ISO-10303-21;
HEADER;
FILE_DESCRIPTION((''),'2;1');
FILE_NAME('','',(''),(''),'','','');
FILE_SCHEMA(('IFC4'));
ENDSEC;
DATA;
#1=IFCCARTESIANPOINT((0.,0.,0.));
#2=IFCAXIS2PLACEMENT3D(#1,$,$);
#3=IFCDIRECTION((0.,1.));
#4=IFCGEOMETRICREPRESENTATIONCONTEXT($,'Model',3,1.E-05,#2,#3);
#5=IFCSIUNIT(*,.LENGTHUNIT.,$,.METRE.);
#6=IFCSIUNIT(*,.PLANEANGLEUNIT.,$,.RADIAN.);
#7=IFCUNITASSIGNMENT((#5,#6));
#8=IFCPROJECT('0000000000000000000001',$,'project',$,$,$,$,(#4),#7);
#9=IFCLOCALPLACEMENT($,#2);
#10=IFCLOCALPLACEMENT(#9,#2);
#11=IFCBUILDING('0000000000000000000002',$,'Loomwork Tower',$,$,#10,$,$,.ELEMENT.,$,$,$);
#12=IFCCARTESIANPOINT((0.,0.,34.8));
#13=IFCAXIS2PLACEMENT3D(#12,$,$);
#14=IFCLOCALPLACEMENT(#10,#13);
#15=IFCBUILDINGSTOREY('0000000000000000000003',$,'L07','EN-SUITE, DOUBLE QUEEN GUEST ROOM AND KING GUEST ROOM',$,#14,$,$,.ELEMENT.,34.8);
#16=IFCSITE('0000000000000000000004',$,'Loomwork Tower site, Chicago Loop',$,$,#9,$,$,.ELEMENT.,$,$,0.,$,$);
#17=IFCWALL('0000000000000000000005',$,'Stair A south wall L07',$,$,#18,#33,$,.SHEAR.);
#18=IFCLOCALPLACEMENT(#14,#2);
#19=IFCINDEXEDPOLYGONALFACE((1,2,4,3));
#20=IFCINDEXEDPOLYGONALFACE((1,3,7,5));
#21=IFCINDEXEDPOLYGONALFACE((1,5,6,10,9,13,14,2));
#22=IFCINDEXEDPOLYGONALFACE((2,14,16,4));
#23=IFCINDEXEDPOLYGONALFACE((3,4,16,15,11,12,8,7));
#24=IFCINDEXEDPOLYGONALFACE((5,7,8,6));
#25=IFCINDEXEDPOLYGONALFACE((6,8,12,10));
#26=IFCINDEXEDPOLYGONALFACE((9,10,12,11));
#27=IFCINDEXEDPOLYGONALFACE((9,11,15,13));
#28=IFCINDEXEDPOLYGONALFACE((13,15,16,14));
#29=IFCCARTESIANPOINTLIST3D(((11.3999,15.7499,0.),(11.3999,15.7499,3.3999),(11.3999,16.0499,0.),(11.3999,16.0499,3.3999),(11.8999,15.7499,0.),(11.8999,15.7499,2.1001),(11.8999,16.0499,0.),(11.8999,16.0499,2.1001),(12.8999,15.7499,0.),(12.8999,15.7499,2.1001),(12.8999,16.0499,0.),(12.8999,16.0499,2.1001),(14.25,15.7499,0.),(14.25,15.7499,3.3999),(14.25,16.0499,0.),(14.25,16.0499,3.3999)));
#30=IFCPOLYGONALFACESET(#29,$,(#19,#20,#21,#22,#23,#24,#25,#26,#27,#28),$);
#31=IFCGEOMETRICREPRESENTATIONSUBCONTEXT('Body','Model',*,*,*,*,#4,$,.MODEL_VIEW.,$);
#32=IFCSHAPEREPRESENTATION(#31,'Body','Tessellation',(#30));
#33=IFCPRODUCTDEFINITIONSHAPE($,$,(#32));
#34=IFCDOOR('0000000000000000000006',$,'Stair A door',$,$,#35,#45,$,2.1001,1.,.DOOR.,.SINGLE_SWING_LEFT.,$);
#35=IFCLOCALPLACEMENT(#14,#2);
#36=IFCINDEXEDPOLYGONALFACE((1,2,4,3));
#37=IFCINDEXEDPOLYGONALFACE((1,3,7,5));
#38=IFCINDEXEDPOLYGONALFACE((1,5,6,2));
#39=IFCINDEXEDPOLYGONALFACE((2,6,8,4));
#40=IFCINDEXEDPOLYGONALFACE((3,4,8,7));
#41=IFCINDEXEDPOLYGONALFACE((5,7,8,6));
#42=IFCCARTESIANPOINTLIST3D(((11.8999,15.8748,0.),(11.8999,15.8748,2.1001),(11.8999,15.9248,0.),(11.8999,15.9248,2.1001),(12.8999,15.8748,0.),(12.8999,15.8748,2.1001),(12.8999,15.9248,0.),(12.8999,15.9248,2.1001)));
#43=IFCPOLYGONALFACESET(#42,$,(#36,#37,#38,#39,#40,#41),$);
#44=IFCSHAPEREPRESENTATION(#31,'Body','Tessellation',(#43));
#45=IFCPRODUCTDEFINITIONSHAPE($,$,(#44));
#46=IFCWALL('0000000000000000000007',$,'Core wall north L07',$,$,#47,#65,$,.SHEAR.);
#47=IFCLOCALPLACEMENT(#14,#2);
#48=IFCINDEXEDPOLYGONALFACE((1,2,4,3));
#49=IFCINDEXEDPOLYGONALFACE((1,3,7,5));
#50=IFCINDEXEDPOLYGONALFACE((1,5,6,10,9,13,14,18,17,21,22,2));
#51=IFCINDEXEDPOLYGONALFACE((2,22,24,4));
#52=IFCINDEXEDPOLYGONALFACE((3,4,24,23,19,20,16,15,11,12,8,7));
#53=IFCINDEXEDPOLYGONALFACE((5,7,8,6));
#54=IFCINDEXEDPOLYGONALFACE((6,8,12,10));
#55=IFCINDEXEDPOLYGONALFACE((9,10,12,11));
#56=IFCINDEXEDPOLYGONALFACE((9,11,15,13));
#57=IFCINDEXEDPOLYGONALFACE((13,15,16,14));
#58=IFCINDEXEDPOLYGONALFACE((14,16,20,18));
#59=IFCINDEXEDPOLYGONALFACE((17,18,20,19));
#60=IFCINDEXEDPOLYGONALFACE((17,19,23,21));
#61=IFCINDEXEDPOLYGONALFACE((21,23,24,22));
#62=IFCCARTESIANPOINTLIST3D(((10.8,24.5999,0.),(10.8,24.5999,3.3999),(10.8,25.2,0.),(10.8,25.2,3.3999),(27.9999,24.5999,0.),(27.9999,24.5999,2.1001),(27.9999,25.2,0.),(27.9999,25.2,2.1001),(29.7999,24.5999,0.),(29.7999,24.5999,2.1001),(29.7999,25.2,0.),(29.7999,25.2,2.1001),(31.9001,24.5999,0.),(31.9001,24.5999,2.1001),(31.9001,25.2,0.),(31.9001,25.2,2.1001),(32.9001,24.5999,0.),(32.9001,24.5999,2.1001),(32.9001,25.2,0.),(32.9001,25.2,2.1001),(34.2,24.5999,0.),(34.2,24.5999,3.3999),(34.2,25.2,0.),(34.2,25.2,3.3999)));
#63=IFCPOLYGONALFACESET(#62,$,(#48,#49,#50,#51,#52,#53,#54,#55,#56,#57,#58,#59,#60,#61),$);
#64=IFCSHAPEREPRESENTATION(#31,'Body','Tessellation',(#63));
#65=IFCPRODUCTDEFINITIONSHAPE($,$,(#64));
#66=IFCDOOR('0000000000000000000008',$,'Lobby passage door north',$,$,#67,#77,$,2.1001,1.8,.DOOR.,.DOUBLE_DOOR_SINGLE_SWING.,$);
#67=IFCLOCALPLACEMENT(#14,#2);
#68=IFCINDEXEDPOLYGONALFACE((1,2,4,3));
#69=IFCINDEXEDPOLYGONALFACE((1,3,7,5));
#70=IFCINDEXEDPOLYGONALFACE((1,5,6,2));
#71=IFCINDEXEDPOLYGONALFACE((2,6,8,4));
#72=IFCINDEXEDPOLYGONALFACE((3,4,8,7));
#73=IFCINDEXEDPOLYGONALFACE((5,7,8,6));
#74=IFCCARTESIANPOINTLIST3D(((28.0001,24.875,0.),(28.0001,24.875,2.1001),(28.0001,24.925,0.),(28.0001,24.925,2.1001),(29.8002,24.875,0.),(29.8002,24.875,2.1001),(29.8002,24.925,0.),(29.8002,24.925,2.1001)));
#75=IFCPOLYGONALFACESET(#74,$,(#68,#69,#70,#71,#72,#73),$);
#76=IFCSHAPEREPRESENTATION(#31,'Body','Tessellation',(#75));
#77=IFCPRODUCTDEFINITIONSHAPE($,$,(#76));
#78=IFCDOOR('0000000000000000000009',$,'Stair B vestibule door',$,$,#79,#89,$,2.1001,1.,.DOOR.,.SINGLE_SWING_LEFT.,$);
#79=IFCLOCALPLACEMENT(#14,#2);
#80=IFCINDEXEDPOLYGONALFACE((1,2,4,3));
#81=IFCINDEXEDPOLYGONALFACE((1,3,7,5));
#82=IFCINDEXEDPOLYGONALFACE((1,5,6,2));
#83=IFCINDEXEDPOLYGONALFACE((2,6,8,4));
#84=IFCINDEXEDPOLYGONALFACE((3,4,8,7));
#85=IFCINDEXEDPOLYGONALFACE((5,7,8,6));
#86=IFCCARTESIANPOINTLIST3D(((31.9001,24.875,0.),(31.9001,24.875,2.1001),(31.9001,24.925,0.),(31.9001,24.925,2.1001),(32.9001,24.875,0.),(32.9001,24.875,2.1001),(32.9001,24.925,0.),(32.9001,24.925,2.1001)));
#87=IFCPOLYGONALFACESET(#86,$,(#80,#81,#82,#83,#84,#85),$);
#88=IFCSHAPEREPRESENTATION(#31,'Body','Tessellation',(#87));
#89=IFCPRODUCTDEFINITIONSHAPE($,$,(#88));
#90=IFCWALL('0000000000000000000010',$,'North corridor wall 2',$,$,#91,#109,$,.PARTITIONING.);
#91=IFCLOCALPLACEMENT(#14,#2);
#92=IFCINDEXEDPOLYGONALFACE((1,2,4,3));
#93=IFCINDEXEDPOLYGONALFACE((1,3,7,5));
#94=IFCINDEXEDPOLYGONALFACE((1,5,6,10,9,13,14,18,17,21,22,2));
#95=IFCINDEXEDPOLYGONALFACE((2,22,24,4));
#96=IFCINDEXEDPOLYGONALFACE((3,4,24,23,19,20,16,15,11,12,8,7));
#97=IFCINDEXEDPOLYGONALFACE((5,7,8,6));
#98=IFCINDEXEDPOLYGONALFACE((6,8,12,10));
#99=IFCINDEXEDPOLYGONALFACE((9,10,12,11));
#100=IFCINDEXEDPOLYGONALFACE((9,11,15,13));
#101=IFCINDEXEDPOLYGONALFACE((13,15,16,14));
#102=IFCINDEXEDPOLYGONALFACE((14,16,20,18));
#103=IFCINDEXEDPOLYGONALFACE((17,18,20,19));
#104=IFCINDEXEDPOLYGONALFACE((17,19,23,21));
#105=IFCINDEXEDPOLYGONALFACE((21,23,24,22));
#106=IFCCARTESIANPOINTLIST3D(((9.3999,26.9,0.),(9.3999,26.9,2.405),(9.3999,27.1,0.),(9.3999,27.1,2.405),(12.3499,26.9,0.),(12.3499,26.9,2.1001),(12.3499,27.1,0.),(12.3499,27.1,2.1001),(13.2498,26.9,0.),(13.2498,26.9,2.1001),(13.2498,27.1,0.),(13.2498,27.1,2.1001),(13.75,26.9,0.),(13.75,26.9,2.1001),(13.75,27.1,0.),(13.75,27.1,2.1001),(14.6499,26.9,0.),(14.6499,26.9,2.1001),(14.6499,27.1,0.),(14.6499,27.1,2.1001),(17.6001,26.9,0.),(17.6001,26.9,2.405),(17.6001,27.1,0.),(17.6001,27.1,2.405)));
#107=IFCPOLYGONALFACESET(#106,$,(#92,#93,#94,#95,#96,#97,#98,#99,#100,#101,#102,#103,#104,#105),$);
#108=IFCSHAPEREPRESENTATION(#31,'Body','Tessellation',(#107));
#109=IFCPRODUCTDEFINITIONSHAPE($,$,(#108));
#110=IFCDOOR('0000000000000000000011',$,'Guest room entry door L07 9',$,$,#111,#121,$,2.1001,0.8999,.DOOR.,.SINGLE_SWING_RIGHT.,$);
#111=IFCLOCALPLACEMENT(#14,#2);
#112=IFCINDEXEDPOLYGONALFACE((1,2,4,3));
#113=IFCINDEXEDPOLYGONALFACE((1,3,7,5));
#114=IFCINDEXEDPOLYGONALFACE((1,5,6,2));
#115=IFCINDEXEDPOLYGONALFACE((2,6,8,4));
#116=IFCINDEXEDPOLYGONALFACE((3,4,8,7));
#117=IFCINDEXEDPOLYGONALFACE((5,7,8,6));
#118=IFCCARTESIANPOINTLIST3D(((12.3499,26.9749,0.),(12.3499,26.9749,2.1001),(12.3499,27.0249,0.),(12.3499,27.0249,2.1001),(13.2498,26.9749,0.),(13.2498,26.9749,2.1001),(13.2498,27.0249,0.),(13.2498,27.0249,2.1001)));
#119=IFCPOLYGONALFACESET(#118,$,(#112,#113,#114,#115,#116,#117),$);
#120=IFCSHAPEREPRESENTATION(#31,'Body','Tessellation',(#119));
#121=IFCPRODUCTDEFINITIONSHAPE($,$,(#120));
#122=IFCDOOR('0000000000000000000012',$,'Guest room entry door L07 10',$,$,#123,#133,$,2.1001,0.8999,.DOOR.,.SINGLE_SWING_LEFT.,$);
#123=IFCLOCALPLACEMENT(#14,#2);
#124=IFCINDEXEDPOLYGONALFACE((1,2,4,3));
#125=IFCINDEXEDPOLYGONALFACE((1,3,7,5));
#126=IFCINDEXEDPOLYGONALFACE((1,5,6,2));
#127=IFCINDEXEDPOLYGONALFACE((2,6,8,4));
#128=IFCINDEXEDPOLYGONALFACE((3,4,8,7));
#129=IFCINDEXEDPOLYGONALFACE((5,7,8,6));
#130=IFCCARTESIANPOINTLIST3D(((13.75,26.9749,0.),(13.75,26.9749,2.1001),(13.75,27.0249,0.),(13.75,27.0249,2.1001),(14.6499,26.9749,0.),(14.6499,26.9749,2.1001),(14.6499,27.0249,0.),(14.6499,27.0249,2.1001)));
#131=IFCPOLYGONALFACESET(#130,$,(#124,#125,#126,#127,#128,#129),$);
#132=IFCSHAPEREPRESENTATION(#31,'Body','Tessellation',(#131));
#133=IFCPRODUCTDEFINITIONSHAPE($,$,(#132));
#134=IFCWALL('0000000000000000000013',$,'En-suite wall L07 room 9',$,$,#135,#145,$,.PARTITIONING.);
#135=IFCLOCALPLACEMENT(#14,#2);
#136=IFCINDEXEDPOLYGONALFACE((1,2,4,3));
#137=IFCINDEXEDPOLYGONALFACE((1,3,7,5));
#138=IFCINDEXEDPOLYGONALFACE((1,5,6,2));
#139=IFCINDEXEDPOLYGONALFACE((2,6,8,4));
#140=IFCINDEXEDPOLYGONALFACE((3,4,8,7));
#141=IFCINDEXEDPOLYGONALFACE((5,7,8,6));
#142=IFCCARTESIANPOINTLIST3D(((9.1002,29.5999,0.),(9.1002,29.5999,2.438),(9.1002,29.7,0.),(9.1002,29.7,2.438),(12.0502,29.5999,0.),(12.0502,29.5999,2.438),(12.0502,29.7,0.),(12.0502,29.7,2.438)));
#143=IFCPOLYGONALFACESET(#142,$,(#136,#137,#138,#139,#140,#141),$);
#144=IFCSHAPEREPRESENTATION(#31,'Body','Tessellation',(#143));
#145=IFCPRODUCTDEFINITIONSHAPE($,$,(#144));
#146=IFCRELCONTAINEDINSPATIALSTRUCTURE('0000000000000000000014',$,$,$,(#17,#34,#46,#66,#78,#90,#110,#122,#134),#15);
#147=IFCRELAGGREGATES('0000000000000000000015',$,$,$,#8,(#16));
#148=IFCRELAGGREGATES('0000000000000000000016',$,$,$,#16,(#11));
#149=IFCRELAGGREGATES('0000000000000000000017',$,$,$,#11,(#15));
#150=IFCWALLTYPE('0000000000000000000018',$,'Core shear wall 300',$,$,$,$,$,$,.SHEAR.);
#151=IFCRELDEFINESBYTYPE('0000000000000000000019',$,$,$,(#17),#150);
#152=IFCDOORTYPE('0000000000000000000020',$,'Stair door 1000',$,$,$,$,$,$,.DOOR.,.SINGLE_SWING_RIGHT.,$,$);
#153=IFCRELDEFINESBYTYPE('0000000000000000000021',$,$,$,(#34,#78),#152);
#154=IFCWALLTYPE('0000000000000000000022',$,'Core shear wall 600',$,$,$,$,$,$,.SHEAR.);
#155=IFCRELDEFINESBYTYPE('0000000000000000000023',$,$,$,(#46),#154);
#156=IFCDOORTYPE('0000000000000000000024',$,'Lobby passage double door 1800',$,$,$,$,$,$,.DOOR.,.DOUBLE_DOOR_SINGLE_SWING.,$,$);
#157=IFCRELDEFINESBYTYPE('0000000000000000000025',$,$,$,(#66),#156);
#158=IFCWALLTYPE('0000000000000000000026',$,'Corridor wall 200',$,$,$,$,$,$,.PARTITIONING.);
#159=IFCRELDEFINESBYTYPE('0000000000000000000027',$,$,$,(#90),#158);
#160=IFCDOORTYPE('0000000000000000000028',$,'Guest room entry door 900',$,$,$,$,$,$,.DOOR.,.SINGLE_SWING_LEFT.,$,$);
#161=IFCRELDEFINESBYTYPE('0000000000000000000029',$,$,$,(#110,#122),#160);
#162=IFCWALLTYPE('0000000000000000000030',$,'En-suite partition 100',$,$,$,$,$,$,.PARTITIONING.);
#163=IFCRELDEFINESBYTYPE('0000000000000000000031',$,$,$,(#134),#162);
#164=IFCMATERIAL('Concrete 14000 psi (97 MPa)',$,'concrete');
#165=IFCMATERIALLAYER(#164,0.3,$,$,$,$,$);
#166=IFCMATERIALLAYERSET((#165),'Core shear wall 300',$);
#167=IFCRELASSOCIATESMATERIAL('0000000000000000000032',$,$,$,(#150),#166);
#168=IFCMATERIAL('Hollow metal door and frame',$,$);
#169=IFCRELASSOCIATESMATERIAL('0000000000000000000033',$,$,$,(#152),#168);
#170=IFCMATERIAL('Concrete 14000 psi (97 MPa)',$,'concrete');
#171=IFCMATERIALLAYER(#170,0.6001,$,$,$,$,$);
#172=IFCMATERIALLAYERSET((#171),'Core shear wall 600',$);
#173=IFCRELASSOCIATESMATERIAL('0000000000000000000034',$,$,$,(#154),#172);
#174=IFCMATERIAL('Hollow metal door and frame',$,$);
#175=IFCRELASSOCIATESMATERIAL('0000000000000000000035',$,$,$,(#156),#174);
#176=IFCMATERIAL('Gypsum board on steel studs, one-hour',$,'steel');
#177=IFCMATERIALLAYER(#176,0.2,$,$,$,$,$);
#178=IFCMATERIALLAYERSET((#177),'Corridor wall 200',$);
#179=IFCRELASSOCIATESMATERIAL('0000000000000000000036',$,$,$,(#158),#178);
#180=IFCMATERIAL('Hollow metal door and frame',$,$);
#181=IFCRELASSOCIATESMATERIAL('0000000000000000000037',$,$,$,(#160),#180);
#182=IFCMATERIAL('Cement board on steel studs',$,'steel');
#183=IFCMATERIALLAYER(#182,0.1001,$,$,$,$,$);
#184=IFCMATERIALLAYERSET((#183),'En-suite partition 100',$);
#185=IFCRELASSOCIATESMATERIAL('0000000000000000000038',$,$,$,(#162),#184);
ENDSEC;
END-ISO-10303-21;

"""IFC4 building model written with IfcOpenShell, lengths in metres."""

from ifc_helpers import new_model, si_unit, direction, frame, frame_2d, origin, place, context, subcontext, project, spatial, rectangle, extrude, material, layer, layer_set, type_object, element, fill, save


model = new_model("IFC4")

# Units and contexts
model_context = context("Model", 3, precision=1e-05, world=origin(), true_north=direction((0.0, 1.0)))
body_context = subcontext(model_context, "Body", "Model", "MODEL_VIEW")
ifc_project = project(units=[si_unit("LENGTHUNIT", "METRE"), si_unit("PLANEANGLEUNIT", "RADIAN")], contexts=[model_context])

# Site, building, storey
site_placement = place(None, origin())
site = spatial("IfcSite", under=ifc_project, at=site_placement, Name="Loomwork Tower site, Chicago Loop", CompositionType="ELEMENT", RefElevation=0.0)
building_placement = place(site_placement, origin())
building = spatial("IfcBuilding", under=site, at=building_placement, Name="Loomwork Tower", CompositionType="ELEMENT")
storey_placement = place(building_placement, frame((0.0, 0.0, 34.8)))
storey = spatial("IfcBuildingStorey", under=building, at=storey_placement, Name="L07", Description="EN-SUITE, DOUBLE QUEEN GUEST ROOM AND KING GUEST ROOM", CompositionType="ELEMENT", Elevation=34.8)

# Wall, opening, door
ifc_material_1 = material(Name="Concrete 14000 psi (97 MPa)", Category="concrete")
ifc_layer_1 = layer(ifc_material_1, 0.3)
ifc_layer_set_1 = layer_set([ifc_layer_1], Name="Core shear wall 300")
wall_type_1 = type_object("IfcWallType", Name="Core shear wall 300", PredefinedType="SHEAR", material=ifc_layer_set_1)
wall_1_placement = place(storey_placement, frame((11.3999, 15.8999, 0.0), z_axis=(0.0, 0.0, 1.0), x_axis=(1.0, 0.0, 0.0)))
wall_1 = element("IfcWall", 1, at=wall_1_placement, inside=storey, type_object=wall_type_1, Name="Stair A south wall L07", PredefinedType="SHEAR", context=body_context, shape_type="SweptSolid", body=[
    extrude(rectangle(XDim=2.8501, YDim=0.3, at=frame_2d((1.425, 0.0))), origin(), (0.0, 0.0, 1.0), 3.3999),
])
opening_1_placement = place(wall_1_placement, frame((0.5, 0.0, 0.0)))
opening_1 = element("IfcOpeningElement", 2, at=opening_1_placement, cuts=wall_1, PredefinedType="OPENING", context=body_context, shape_type="SweptSolid", body=[
    extrude(rectangle(XDim=1.0, YDim=2.1001, at=frame_2d((0.5, 1.05))), frame((0.0, 0.1599, 0.0), z_axis=(0.0, -1.0, 0.0), x_axis=(1.0, 0.0, 0.0)), (0.0, 0.0, 1.0), 0.3201),
])
ifc_material_2 = material(Name="Hollow metal door and frame")
door_type_1 = type_object("IfcDoorType", Name="Stair door 1000", OperationType="SINGLE_SWING_RIGHT", PredefinedType="DOOR", material=ifc_material_2)
door_1_placement = place(opening_1_placement, origin())
door_1 = element("IfcDoor", 3, at=door_1_placement, inside=storey, type_object=door_type_1, Name="Stair A door", OperationType="SINGLE_SWING_LEFT", OverallHeight=2.1001, OverallWidth=1.0, PredefinedType="DOOR", context=body_context, shape_type="SweptSolid", body=[
    extrude(rectangle(XDim=1.0, YDim=2.1001, at=frame_2d((0.5, 1.05))), frame((0.0, 0.0249, 0.0), z_axis=(0.0, -1.0, 0.0), x_axis=(1.0, 0.0, 0.0)), (0.0, 0.0, 1.0), 0.05),
])
fill(opening_1, door_1)

# Walls, openings, doors
ifc_material_3 = material(Name="Concrete 14000 psi (97 MPa)", Category="concrete")
ifc_layer_2 = layer(ifc_material_3, 0.6001)
ifc_layer_set_2 = layer_set([ifc_layer_2], Name="Core shear wall 600")
wall_type_2 = type_object("IfcWallType", Name="Core shear wall 600", PredefinedType="SHEAR", material=ifc_layer_set_2)
wall_2_placement = place(storey_placement, frame((10.8, 24.8999, 0.0), z_axis=(0.0, 0.0, 1.0), x_axis=(1.0, 0.0, 0.0)))
wall_2 = element("IfcWall", 4, at=wall_2_placement, inside=storey, type_object=wall_type_2, Name="Core wall north L07", PredefinedType="SHEAR", context=body_context, shape_type="SweptSolid", body=[
    extrude(rectangle(XDim=23.3999, YDim=0.6001, at=frame_2d((11.7, 0.0))), origin(), (0.0, 0.0, 1.0), 3.3999),
])
opening_2_placement = place(wall_2_placement, frame((17.2, 0.0, 0.0)))
opening_2 = element("IfcOpeningElement", 5, at=opening_2_placement, cuts=wall_2, PredefinedType="OPENING", context=body_context, shape_type="SweptSolid", body=[
    extrude(rectangle(XDim=1.8, YDim=2.1001, at=frame_2d((0.8999, 1.05))), frame((0.0, 0.3101, 0.0), z_axis=(0.0, -1.0, 0.0), x_axis=(1.0, 0.0, 0.0)), (0.0, 0.0, 1.0), 0.6201),
])
opening_3_placement = place(wall_2_placement, frame((21.1001, 0.0, 0.0)))
opening_3 = element("IfcOpeningElement", 6, at=opening_3_placement, cuts=wall_2, PredefinedType="OPENING", context=body_context, shape_type="SweptSolid", body=[
    extrude(rectangle(XDim=1.0, YDim=2.1001, at=frame_2d((0.5, 1.05))), frame((0.0, 0.3101, 0.0), z_axis=(0.0, -1.0, 0.0), x_axis=(1.0, 0.0, 0.0)), (0.0, 0.0, 1.0), 0.6201),
])
ifc_material_4 = material(Name="Hollow metal door and frame")
door_type_2 = type_object("IfcDoorType", Name="Lobby passage double door 1800", OperationType="DOUBLE_DOOR_SINGLE_SWING", PredefinedType="DOOR", material=ifc_material_4)
door_2_placement = place(opening_2_placement, frame((1.8, 0.0, 0.0), z_axis=(0.0, 0.0, 1.0), x_axis=(-1.0, 0.0, 0.0)))
door_2 = element("IfcDoor", 7, at=door_2_placement, inside=storey, type_object=door_type_2, Name="Lobby passage door north", OperationType="DOUBLE_DOOR_SINGLE_SWING", OverallHeight=2.1001, OverallWidth=1.8, PredefinedType="DOOR", context=body_context, shape_type="SweptSolid", body=[
    extrude(rectangle(XDim=1.8, YDim=2.1001, at=frame_2d((0.8999, 1.05))), frame((0.0, 0.0249, 0.0), z_axis=(0.0, -1.0, 0.0), x_axis=(1.0, 0.0, 0.0)), (0.0, 0.0, 1.0), 0.05),
])
fill(opening_2, door_2)
door_3_placement = place(opening_3_placement, frame((1.0, 0.0, 0.0), z_axis=(0.0, 0.0, 1.0), x_axis=(-1.0, 0.0, 0.0)))
door_3 = element("IfcDoor", 8, at=door_3_placement, inside=storey, type_object=door_type_1, Name="Stair B vestibule door", OperationType="SINGLE_SWING_LEFT", OverallHeight=2.1001, OverallWidth=1.0, PredefinedType="DOOR", context=body_context, shape_type="SweptSolid", body=[
    extrude(rectangle(XDim=1.0, YDim=2.1001, at=frame_2d((0.5, 1.05))), frame((0.0, 0.0249, 0.0), z_axis=(0.0, -1.0, 0.0), x_axis=(1.0, 0.0, 0.0)), (0.0, 0.0, 1.0), 0.05),
])
fill(opening_3, door_3)
ifc_material_5 = material(Name="Gypsum board on steel studs, one-hour", Category="steel")
ifc_layer_3 = layer(ifc_material_5, 0.2)
ifc_layer_set_3 = layer_set([ifc_layer_3], Name="Corridor wall 200")
wall_type_3 = type_object("IfcWallType", Name="Corridor wall 200", PredefinedType="PARTITIONING", material=ifc_layer_set_3)
wall_3_placement = place(storey_placement, frame((9.3999, 27.0, 0.0), z_axis=(0.0, 0.0, 1.0), x_axis=(1.0, 0.0, 0.0)))
wall_3 = element("IfcWall", 9, at=wall_3_placement, inside=storey, type_object=wall_type_3, Name="North corridor wall 2", PredefinedType="PARTITIONING", context=body_context, shape_type="SweptSolid", body=[
    extrude(rectangle(XDim=8.2002, YDim=0.2, at=frame_2d((4.1001, 0.0))), origin(), (0.0, 0.0, 1.0), 2.405),
])
opening_4_placement = place(wall_3_placement, frame((2.95, 0.0, 0.0)))
opening_4 = element("IfcOpeningElement", 10, at=opening_4_placement, cuts=wall_3, PredefinedType="OPENING", context=body_context, shape_type="SweptSolid", body=[
    extrude(rectangle(XDim=0.8999, YDim=2.1001, at=frame_2d((0.45, 1.05))), frame((0.0, 0.1099, 0.0), z_axis=(0.0, -1.0, 0.0), x_axis=(1.0, 0.0, 0.0)), (0.0, 0.0, 1.0), 0.22),
])
opening_5_placement = place(wall_3_placement, frame((4.3501, 0.0, 0.0)))
opening_5 = element("IfcOpeningElement", 11, at=opening_5_placement, cuts=wall_3, PredefinedType="OPENING", context=body_context, shape_type="SweptSolid", body=[
    extrude(rectangle(XDim=0.8999, YDim=2.1001, at=frame_2d((0.45, 1.05))), frame((0.0, 0.1099, 0.0), z_axis=(0.0, -1.0, 0.0), x_axis=(1.0, 0.0, 0.0)), (0.0, 0.0, 1.0), 0.22),
])
ifc_material_6 = material(Name="Hollow metal door and frame")
door_type_3 = type_object("IfcDoorType", Name="Guest room entry door 900", OperationType="SINGLE_SWING_LEFT", PredefinedType="DOOR", material=ifc_material_6)
door_4_placement = place(opening_4_placement, origin())
door_4 = element("IfcDoor", 12, at=door_4_placement, inside=storey, type_object=door_type_3, Name="Guest room entry door L07 9", OperationType="SINGLE_SWING_RIGHT", OverallHeight=2.1001, OverallWidth=0.8999, PredefinedType="DOOR", context=body_context, shape_type="SweptSolid", body=[
    extrude(rectangle(XDim=0.8999, YDim=2.1001, at=frame_2d((0.45, 1.05))), frame((0.0, 0.0249, 0.0), z_axis=(0.0, -1.0, 0.0), x_axis=(1.0, 0.0, 0.0)), (0.0, 0.0, 1.0), 0.05),
])
fill(opening_4, door_4)
door_5_placement = place(opening_5_placement, origin())
door_5 = element("IfcDoor", 13, at=door_5_placement, inside=storey, type_object=door_type_3, Name="Guest room entry door L07 10", OperationType="SINGLE_SWING_LEFT", OverallHeight=2.1001, OverallWidth=0.8999, PredefinedType="DOOR", context=body_context, shape_type="SweptSolid", body=[
    extrude(rectangle(XDim=0.8999, YDim=2.1001, at=frame_2d((0.45, 1.05))), frame((0.0, 0.0249, 0.0), z_axis=(0.0, -1.0, 0.0), x_axis=(1.0, 0.0, 0.0)), (0.0, 0.0, 1.0), 0.05),
])
fill(opening_5, door_5)

# Wall
ifc_material_7 = material(Name="Cement board on steel studs", Category="steel")
ifc_layer_4 = layer(ifc_material_7, 0.1001)
ifc_layer_set_4 = layer_set([ifc_layer_4], Name="En-suite partition 100")
wall_type_4 = type_object("IfcWallType", Name="En-suite partition 100", PredefinedType="PARTITIONING", material=ifc_layer_set_4)
wall_4_placement = place(storey_placement, frame((9.1001, 29.6499, 0.0), z_axis=(0.0, 0.0, 1.0), x_axis=(1.0, 0.0, 0.0)))
element("IfcWall", 14, at=wall_4_placement, inside=storey, type_object=wall_type_4, Name="En-suite wall L07 room 9", PredefinedType="PARTITIONING", context=body_context, shape_type="SweptSolid", body=[
    extrude(rectangle(XDim=2.95, YDim=0.1001, at=frame_2d((1.4751, 0.0))), origin(), (0.0, 0.0, 1.0), 2.438),
])

save(model, "model.ifc")
